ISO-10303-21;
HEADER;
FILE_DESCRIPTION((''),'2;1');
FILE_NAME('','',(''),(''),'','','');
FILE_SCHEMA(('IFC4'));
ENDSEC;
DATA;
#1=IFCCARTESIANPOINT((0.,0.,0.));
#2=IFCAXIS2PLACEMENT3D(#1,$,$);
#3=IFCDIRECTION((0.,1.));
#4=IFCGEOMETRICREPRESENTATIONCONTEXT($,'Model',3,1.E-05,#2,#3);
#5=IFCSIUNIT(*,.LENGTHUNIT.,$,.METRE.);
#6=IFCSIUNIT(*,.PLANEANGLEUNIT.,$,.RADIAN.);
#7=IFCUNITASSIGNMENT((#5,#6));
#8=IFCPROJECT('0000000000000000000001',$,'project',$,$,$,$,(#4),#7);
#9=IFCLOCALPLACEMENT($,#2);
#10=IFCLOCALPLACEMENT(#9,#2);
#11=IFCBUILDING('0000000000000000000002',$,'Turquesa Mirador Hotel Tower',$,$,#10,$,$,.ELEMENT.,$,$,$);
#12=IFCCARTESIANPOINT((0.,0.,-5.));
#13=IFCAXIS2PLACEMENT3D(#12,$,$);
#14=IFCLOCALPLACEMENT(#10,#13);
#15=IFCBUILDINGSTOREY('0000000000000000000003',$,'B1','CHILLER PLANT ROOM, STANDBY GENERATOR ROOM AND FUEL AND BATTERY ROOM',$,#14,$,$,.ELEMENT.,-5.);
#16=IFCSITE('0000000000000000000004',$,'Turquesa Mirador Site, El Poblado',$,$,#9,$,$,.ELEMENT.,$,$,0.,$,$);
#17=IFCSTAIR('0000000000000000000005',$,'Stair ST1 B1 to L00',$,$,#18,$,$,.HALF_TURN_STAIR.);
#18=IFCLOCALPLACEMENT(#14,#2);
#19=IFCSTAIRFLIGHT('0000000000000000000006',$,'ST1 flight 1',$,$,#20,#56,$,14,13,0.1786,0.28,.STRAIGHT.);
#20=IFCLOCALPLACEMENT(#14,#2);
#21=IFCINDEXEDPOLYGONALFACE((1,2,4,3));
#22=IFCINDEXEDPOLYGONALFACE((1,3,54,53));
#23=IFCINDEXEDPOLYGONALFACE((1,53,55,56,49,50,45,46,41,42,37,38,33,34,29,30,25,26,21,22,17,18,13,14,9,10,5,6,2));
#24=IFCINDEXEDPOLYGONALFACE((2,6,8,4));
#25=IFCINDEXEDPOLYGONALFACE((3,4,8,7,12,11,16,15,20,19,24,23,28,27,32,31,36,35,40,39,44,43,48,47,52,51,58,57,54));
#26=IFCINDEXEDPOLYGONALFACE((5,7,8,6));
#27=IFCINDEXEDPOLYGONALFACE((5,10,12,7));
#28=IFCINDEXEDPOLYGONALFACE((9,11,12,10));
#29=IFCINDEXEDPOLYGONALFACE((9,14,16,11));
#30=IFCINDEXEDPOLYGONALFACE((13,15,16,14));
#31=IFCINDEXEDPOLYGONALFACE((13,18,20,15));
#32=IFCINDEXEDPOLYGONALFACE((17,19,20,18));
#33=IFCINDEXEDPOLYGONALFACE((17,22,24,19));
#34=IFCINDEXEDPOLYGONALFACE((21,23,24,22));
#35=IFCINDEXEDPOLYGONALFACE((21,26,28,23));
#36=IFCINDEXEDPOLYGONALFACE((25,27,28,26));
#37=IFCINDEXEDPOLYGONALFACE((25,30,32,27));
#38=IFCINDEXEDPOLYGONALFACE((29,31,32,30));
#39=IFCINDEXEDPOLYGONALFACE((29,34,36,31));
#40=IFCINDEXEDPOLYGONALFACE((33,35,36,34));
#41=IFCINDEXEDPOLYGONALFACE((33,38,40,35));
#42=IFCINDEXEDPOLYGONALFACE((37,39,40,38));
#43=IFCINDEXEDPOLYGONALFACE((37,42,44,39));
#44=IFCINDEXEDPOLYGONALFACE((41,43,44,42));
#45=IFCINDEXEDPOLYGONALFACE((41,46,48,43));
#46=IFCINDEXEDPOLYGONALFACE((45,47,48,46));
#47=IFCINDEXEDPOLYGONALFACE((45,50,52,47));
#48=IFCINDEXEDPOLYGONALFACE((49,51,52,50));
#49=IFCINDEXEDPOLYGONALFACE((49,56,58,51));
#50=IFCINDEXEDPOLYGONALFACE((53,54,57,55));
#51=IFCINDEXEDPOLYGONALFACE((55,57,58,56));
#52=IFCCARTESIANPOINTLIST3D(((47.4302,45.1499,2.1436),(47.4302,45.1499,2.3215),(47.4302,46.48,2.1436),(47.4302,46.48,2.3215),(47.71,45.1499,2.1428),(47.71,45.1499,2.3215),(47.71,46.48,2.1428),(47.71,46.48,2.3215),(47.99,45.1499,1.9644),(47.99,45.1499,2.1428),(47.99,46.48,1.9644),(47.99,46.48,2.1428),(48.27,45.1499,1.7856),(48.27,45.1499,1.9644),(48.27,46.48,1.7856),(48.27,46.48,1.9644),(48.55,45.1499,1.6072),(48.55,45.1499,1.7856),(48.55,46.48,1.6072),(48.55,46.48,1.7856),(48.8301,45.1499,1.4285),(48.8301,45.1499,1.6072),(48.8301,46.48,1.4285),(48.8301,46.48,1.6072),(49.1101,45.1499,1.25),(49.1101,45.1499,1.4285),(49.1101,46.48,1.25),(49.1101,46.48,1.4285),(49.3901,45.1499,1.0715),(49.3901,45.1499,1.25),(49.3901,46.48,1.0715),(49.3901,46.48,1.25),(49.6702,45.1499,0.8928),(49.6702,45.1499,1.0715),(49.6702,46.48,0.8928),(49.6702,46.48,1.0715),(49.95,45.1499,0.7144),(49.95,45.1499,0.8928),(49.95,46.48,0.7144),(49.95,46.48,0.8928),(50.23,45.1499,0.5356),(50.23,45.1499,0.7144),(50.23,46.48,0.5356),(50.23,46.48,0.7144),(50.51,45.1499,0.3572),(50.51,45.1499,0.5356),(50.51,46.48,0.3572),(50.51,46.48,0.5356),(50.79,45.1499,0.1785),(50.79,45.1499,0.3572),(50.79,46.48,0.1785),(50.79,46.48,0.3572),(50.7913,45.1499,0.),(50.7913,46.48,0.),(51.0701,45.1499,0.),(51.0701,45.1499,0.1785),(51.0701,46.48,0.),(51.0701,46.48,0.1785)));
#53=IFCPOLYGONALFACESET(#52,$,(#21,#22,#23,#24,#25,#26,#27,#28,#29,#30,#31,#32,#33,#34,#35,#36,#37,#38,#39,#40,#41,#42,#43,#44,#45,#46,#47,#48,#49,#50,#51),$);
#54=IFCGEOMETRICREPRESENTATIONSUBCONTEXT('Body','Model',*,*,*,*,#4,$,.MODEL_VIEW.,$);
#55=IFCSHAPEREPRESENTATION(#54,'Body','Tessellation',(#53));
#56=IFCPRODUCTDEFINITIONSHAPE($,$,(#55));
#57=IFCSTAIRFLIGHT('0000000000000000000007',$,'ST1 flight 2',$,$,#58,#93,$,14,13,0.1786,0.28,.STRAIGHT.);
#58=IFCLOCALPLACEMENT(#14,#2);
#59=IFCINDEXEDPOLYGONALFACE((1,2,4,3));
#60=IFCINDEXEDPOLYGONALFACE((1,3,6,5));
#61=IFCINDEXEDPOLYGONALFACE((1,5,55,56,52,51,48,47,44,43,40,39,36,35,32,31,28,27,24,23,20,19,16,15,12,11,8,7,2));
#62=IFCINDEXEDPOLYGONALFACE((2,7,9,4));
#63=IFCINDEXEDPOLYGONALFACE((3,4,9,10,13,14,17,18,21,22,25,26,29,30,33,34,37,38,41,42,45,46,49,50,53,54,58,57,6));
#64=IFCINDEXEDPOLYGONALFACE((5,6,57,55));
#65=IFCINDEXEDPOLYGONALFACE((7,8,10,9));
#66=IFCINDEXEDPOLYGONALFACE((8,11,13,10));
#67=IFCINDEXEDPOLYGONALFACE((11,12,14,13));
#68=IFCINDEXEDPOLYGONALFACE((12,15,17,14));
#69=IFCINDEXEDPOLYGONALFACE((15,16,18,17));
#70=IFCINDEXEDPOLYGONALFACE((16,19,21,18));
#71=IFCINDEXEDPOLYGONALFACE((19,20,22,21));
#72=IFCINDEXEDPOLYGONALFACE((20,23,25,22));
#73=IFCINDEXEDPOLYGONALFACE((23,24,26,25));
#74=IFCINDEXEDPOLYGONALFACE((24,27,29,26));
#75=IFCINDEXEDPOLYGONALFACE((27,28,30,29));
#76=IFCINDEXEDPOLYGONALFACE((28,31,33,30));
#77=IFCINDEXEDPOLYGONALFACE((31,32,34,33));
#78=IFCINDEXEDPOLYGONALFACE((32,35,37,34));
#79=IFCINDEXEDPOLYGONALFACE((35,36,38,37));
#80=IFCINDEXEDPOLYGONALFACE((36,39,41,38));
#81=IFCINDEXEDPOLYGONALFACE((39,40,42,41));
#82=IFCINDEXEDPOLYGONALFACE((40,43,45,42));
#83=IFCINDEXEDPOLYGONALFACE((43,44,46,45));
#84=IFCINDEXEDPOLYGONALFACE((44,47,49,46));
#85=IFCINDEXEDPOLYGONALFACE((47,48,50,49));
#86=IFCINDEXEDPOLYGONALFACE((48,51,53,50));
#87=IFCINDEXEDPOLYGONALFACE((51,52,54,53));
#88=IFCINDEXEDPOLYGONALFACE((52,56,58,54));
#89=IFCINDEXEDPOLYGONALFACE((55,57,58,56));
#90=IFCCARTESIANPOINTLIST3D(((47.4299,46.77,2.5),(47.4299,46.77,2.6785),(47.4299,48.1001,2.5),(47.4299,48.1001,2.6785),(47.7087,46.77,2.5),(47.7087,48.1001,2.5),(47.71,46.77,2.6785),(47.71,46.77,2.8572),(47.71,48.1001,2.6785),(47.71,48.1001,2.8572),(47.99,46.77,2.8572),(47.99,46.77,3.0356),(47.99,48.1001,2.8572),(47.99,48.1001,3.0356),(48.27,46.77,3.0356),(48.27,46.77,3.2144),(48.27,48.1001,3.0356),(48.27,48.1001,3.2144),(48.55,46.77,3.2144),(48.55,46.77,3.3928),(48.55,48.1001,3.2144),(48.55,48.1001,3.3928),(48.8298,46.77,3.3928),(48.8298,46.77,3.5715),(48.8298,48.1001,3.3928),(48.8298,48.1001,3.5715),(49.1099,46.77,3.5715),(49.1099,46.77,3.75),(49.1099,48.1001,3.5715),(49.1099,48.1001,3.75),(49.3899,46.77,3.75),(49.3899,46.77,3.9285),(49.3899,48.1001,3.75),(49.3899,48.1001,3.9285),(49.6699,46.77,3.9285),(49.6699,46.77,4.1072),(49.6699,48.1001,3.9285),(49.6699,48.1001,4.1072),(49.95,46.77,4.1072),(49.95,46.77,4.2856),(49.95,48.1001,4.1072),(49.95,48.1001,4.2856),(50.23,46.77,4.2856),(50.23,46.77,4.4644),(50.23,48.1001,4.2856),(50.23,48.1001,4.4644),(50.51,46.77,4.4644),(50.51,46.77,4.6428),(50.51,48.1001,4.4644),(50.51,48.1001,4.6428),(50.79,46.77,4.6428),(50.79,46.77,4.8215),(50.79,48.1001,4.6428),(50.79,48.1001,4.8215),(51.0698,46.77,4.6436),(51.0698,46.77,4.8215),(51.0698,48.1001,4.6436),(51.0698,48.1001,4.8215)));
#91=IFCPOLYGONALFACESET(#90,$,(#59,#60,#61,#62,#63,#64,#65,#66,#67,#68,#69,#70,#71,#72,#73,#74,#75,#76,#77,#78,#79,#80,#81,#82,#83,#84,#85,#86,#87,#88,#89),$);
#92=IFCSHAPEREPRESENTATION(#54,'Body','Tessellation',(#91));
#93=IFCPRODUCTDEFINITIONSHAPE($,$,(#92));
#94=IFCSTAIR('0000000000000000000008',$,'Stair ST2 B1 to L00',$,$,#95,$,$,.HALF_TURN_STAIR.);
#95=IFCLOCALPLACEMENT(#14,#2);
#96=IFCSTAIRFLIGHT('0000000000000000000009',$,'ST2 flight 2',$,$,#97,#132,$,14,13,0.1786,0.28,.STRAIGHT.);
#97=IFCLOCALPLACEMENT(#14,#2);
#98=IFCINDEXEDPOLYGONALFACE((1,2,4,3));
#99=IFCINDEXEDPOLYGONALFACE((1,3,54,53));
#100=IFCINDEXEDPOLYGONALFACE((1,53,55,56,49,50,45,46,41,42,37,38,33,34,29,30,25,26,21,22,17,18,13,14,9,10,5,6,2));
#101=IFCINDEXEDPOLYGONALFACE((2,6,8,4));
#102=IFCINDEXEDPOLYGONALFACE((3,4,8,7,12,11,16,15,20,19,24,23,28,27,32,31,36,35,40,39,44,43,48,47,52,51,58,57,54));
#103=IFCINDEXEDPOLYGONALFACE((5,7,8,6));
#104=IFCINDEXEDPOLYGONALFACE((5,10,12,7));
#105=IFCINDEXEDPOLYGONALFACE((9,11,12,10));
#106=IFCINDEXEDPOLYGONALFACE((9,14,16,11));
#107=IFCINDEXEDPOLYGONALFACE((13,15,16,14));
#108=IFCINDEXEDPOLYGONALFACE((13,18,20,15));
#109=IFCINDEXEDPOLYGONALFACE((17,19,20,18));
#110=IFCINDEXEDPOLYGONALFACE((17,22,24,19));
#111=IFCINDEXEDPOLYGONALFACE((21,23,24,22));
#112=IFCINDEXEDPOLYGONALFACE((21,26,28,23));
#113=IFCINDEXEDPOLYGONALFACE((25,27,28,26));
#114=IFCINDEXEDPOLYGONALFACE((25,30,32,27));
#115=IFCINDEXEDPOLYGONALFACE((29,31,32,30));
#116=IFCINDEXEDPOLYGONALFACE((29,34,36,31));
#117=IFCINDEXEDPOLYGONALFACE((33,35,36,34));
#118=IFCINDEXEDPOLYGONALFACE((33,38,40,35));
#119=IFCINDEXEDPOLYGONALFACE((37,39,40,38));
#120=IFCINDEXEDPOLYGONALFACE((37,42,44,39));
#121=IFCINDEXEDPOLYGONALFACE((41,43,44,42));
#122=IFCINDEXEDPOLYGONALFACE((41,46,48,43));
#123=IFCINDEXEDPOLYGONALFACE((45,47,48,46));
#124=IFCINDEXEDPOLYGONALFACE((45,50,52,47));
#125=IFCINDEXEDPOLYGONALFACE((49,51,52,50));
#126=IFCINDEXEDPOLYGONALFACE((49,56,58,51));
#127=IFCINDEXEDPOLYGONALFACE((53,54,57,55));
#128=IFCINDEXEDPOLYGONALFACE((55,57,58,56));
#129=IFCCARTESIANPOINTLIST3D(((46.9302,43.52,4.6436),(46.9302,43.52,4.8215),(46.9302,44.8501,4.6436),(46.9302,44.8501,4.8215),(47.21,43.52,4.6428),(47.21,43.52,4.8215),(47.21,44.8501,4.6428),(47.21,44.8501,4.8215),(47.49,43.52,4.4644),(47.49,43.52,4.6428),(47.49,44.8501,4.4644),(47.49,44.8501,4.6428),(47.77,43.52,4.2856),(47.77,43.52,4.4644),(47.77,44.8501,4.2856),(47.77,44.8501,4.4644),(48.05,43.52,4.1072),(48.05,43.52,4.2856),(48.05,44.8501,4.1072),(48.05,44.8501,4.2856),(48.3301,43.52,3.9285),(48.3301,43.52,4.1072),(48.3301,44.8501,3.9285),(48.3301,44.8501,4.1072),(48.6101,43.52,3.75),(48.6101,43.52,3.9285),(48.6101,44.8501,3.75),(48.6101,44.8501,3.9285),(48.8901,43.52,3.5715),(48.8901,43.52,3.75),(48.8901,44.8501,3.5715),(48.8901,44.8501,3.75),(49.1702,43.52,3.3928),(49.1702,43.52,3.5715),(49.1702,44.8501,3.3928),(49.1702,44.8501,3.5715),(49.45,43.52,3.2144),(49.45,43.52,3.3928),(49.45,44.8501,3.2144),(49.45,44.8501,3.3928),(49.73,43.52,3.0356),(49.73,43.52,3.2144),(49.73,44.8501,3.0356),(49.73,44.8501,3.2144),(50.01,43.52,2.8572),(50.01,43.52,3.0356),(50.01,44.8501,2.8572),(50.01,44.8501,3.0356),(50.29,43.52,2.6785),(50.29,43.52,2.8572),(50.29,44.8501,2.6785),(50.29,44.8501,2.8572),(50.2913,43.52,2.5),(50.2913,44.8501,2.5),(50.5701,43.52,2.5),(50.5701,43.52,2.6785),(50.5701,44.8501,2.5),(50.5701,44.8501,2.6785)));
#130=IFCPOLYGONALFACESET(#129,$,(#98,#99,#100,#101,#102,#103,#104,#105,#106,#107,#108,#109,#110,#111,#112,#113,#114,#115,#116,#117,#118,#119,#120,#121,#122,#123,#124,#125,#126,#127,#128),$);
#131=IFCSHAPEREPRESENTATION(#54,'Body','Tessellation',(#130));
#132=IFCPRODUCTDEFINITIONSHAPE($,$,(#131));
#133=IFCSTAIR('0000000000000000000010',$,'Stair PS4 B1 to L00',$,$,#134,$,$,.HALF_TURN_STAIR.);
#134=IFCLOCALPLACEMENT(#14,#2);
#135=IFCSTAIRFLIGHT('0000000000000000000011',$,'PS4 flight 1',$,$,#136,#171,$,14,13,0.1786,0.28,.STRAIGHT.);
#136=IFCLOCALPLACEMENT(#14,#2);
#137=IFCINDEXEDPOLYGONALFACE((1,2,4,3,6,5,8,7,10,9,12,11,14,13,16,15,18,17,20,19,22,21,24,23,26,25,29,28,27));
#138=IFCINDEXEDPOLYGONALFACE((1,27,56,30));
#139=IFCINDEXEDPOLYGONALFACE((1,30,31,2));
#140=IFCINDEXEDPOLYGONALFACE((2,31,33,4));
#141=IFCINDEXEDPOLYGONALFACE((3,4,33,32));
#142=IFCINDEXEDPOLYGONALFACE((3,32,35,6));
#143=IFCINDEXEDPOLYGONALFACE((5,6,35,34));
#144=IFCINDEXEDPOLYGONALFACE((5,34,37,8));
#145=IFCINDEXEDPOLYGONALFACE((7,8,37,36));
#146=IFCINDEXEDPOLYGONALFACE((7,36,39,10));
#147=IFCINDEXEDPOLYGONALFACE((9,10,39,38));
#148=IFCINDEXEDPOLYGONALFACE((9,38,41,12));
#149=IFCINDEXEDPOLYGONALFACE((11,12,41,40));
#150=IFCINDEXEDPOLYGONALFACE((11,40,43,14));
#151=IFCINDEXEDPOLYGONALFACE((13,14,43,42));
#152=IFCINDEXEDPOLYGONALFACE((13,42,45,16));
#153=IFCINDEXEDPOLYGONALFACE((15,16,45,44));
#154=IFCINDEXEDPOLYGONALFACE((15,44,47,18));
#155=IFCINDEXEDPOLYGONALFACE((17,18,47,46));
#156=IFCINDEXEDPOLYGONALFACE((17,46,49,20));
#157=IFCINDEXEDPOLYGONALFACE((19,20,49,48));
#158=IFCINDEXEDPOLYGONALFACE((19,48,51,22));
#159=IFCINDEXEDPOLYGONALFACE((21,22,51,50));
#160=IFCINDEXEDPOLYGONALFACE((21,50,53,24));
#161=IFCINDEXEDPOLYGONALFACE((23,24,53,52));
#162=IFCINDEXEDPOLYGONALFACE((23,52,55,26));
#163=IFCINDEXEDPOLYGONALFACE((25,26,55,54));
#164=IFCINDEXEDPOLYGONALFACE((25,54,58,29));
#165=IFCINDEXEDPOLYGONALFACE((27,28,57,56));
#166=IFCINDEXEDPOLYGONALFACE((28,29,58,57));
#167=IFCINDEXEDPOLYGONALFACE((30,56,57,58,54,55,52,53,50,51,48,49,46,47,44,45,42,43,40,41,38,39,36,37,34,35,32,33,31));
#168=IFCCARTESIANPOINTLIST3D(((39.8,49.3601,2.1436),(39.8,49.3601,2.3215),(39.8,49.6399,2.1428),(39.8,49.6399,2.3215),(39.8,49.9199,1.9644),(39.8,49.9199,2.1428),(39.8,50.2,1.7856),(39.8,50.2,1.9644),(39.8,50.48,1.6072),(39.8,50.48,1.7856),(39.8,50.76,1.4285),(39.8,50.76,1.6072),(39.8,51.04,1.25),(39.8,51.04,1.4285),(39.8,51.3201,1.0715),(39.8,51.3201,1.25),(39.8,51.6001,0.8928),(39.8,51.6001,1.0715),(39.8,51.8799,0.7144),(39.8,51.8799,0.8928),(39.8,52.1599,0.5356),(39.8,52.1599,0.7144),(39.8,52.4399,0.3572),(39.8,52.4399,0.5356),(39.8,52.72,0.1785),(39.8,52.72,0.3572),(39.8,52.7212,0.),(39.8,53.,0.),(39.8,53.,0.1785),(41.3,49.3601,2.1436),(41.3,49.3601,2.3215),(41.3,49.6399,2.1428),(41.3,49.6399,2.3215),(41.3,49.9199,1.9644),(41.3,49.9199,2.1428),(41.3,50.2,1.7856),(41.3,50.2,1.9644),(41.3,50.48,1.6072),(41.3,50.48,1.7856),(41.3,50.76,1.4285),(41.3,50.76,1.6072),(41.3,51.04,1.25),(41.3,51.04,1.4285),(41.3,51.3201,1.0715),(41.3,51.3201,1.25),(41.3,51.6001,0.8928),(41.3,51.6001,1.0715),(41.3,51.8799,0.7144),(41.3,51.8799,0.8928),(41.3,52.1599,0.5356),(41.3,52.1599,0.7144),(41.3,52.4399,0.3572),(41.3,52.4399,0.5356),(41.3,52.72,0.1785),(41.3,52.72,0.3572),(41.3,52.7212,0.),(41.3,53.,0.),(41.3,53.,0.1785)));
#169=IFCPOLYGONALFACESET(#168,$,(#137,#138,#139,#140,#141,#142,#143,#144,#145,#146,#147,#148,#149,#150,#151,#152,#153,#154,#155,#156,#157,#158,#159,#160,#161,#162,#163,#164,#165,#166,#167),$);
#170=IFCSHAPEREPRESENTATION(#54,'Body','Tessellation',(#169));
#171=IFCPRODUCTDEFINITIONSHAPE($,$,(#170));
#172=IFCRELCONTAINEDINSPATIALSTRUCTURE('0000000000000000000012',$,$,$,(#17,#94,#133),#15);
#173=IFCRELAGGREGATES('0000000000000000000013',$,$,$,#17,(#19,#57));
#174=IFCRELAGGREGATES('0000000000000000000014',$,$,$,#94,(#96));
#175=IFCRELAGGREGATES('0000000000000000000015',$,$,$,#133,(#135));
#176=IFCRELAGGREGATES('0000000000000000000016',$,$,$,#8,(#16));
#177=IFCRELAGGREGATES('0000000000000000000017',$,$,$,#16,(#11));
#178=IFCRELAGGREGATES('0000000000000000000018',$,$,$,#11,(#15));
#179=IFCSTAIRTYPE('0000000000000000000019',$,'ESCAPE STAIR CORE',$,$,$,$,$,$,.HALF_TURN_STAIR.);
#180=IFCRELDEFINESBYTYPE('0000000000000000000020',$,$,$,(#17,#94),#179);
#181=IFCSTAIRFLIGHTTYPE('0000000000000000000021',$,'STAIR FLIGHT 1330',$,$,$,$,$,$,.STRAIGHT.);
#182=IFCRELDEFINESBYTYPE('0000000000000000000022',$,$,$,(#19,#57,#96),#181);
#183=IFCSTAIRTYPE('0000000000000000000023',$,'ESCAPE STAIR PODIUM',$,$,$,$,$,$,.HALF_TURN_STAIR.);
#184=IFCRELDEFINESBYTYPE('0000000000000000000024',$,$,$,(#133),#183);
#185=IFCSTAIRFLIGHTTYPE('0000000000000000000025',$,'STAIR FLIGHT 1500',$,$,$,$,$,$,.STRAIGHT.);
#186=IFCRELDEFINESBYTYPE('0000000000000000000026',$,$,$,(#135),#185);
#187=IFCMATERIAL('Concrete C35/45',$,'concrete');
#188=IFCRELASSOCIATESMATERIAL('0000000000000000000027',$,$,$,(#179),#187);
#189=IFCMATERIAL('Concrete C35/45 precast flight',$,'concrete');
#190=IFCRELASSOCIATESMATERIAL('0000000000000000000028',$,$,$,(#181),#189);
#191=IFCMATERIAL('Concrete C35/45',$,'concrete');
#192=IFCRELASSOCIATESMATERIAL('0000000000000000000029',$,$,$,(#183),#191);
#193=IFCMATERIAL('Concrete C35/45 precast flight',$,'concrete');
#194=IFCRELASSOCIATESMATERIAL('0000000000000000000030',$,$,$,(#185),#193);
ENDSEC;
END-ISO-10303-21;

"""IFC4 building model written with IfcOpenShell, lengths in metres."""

from ifc_helpers import new_model, si_unit, direction, frame, origin, place, context, subcontext, project, spatial, polyline, outline, extrude, material, type_object, element, aggregate, save


model = new_model("IFC4")

# Units and contexts
model_context = context("Model", 3, precision=1e-05, world=origin(), true_north=direction((0.0, 1.0)))
body_context = subcontext(model_context, "Body", "Model", "MODEL_VIEW")
ifc_project = project(units=[si_unit("LENGTHUNIT", "METRE"), si_unit("PLANEANGLEUNIT", "RADIAN")], contexts=[model_context])

# Site, building, storey
site_placement = place(None, origin())
site = spatial("IfcSite", under=ifc_project, at=site_placement, Name="Turquesa Mirador Site, El Poblado", CompositionType="ELEMENT", RefElevation=0.0)
building_placement = place(site_placement, origin())
building = spatial("IfcBuilding", under=site, at=building_placement, Name="Turquesa Mirador Hotel Tower", CompositionType="ELEMENT")
storey_placement = place(building_placement, frame((0.0, 0.0, -5.0)))
storey = spatial("IfcBuildingStorey", under=building, at=storey_placement, Name="B1", Description="CHILLER PLANT ROOM, STANDBY GENERATOR ROOM AND FUEL AND BATTERY ROOM", CompositionType="ELEMENT", Elevation=-5.0)

# Stair, stair flights
ifc_material_1 = material(Name="Concrete C35/45", Category="concrete")
stair_type_1 = type_object("IfcStairType", Name="ESCAPE STAIR CORE", PredefinedType="HALF_TURN_STAIR", material=ifc_material_1)
stair_1_placement = place(storey_placement, origin())
stair_1 = element("IfcStair", 1, at=stair_1_placement, inside=storey, type_object=stair_type_1, Name="Stair ST1 B1 to L00", PredefinedType="HALF_TURN_STAIR")
ifc_material_2 = material(Name="Concrete C35/45 precast flight", Category="concrete")
stair_flight_type_1 = type_object("IfcStairFlightType", Name="STAIR FLIGHT 1330", PredefinedType="STRAIGHT", material=ifc_material_2)
stair_flight_1_placement = place(storey_placement, frame((51.0701, 45.8149, 0.0), z_axis=(0.0, 0.0, 1.0), x_axis=(-1.0, 0.0, 0.0)))
stair_flight_1 = element("IfcStairFlight", 2, at=stair_flight_1_placement, type_object=stair_flight_type_1, Name="ST1 flight 1", NumberOfRisers=14, NumberOfTreads=13, PredefinedType="STRAIGHT", RiserHeight=0.1786, TreadLength=0.28, context=body_context, shape_type="SweptSolid", body=[
    extrude(outline(polyline([(0.0, 0.0), (0.0, 0.1785), (0.28, 0.1785), (0.28, 0.3572), (0.5601, 0.3572), (0.5601, 0.5356), (0.8401, 0.5356), (0.8401, 0.7144), (1.1201, 0.7144), (1.1201, 0.8928), (1.3999, 0.8928), (1.3999, 1.0715), (1.6799, 1.0715), (1.6799, 1.25), (1.96, 1.25), (1.96, 1.4285), (2.24, 1.4285), (2.24, 1.6072), (2.52, 1.6072), (2.52, 1.7856), (2.8, 1.7856), (2.8, 1.9644), (3.0801, 1.9644), (3.0801, 2.1428), (3.3601, 2.1428), (3.3601, 2.3215), (3.6399, 2.3215), (3.6399, 2.5), (3.6399, 2.1436), (0.2788, 0.0), (0.0, 0.0)])), frame((0.0, 0.665, 0.0), z_axis=(0.0, -1.0, 0.0), x_axis=(1.0, 0.0, 0.0)), (0.0, 0.0, 1.0), 1.3301),
])
stair_flight_2_placement = place(storey_placement, frame((47.4299, 47.4351, 2.5), z_axis=(0.0, 0.0, 1.0), x_axis=(1.0, 0.0, 0.0)))
stair_flight_2 = element("IfcStairFlight", 3, at=stair_flight_2_placement, type_object=stair_flight_type_1, Name="ST1 flight 2", NumberOfRisers=14, NumberOfTreads=13, PredefinedType="STRAIGHT", RiserHeight=0.1786, TreadLength=0.28, context=body_context, shape_type="SweptSolid", body=[
    extrude(outline(polyline([(0.0, 0.0), (0.0, 0.1785), (0.28, 0.1785), (0.28, 0.3572), (0.5601, 0.3572), (0.5601, 0.5356), (0.8401, 0.5356), (0.8401, 0.7144), (1.1201, 0.7144), (1.1201, 0.8928), (1.3999, 0.8928), (1.3999, 1.0715), (1.6799, 1.0715), (1.6799, 1.25), (1.96, 1.25), (1.96, 1.4285), (2.24, 1.4285), (2.24, 1.6072), (2.52, 1.6072), (2.52, 1.7856), (2.8, 1.7856), (2.8, 1.9644), (3.0801, 1.9644), (3.0801, 2.1428), (3.3601, 2.1428), (3.3601, 2.3215), (3.6399, 2.3215), (3.6399, 2.5), (3.6399, 2.1436), (0.2788, 0.0), (0.0, 0.0)])), frame((0.0, 0.665, 0.0), z_axis=(0.0, -1.0, 0.0), x_axis=(1.0, 0.0, 0.0)), (0.0, 0.0, 1.0), 1.3301),
])
aggregate(stair_1, [stair_flight_1, stair_flight_2])

# Stair, stair flight
stair_2_placement = place(storey_placement, origin())
stair_2 = element("IfcStair", 4, at=stair_2_placement, inside=storey, type_object=stair_type_1, Name="Stair ST2 B1 to L00", PredefinedType="HALF_TURN_STAIR")
stair_flight_3_placement = place(storey_placement, frame((50.5701, 44.1851, 2.5), z_axis=(0.0, 0.0, 1.0), x_axis=(-1.0, 0.0, 0.0)))
stair_flight_3 = element("IfcStairFlight", 5, at=stair_flight_3_placement, type_object=stair_flight_type_1, Name="ST2 flight 2", NumberOfRisers=14, NumberOfTreads=13, PredefinedType="STRAIGHT", RiserHeight=0.1786, TreadLength=0.28, context=body_context, shape_type="SweptSolid", body=[
    extrude(outline(polyline([(0.0, 0.0), (0.0, 0.1785), (0.28, 0.1785), (0.28, 0.3572), (0.5601, 0.3572), (0.5601, 0.5356), (0.8401, 0.5356), (0.8401, 0.7144), (1.1201, 0.7144), (1.1201, 0.8928), (1.3999, 0.8928), (1.3999, 1.0715), (1.6799, 1.0715), (1.6799, 1.25), (1.96, 1.25), (1.96, 1.4285), (2.24, 1.4285), (2.24, 1.6072), (2.52, 1.6072), (2.52, 1.7856), (2.8, 1.7856), (2.8, 1.9644), (3.0801, 1.9644), (3.0801, 2.1428), (3.3601, 2.1428), (3.3601, 2.3215), (3.6399, 2.3215), (3.6399, 2.5), (3.6399, 2.1436), (0.2788, 0.0), (0.0, 0.0)])), frame((0.0, 0.665, 0.0), z_axis=(0.0, -1.0, 0.0), x_axis=(1.0, 0.0, 0.0)), (0.0, 0.0, 1.0), 1.3301),
])
aggregate(stair_2, [stair_flight_3])

# Stair, stair flight
ifc_material_3 = material(Name="Concrete C35/45", Category="concrete")
stair_type_2 = type_object("IfcStairType", Name="ESCAPE STAIR PODIUM", PredefinedType="HALF_TURN_STAIR", material=ifc_material_3)
stair_3_placement = place(storey_placement, origin())
stair_3 = element("IfcStair", 6, at=stair_3_placement, inside=storey, type_object=stair_type_2, Name="Stair PS4 B1 to L00", PredefinedType="HALF_TURN_STAIR")
ifc_material_4 = material(Name="Concrete C35/45 precast flight", Category="concrete")
stair_flight_type_2 = type_object("IfcStairFlightType", Name="STAIR FLIGHT 1500", PredefinedType="STRAIGHT", material=ifc_material_4)
stair_flight_4_placement = place(storey_placement, frame((40.55, 53.0, 0.0), z_axis=(0.0, 0.0, 1.0), x_axis=(0.0, -1.0, 0.0)))
stair_flight_4 = element("IfcStairFlight", 7, at=stair_flight_4_placement, type_object=stair_flight_type_2, Name="PS4 flight 1", NumberOfRisers=14, NumberOfTreads=13, PredefinedType="STRAIGHT", RiserHeight=0.1786, TreadLength=0.28, context=body_context, shape_type="SweptSolid", body=[
    extrude(outline(polyline([(0.0, 0.0), (0.0, 0.1785), (0.28, 0.1785), (0.28, 0.3572), (0.5601, 0.3572), (0.5601, 0.5356), (0.8401, 0.5356), (0.8401, 0.7144), (1.1201, 0.7144), (1.1201, 0.8928), (1.3999, 0.8928), (1.3999, 1.0715), (1.6799, 1.0715), (1.6799, 1.25), (1.96, 1.25), (1.96, 1.4285), (2.24, 1.4285), (2.24, 1.6072), (2.52, 1.6072), (2.52, 1.7856), (2.8, 1.7856), (2.8, 1.9644), (3.0801, 1.9644), (3.0801, 2.1428), (3.3601, 2.1428), (3.3601, 2.3215), (3.6399, 2.3215), (3.6399, 2.5), (3.6399, 2.1436), (0.2788, 0.0), (0.0, 0.0)])), frame((0.0, 0.75, 0.0), z_axis=(0.0, -1.0, 0.0), x_axis=(1.0, 0.0, 0.0)), (0.0, 0.0, 1.0), 1.5),
])
aggregate(stair_3, [stair_flight_4])

save(model, "model.ifc")
